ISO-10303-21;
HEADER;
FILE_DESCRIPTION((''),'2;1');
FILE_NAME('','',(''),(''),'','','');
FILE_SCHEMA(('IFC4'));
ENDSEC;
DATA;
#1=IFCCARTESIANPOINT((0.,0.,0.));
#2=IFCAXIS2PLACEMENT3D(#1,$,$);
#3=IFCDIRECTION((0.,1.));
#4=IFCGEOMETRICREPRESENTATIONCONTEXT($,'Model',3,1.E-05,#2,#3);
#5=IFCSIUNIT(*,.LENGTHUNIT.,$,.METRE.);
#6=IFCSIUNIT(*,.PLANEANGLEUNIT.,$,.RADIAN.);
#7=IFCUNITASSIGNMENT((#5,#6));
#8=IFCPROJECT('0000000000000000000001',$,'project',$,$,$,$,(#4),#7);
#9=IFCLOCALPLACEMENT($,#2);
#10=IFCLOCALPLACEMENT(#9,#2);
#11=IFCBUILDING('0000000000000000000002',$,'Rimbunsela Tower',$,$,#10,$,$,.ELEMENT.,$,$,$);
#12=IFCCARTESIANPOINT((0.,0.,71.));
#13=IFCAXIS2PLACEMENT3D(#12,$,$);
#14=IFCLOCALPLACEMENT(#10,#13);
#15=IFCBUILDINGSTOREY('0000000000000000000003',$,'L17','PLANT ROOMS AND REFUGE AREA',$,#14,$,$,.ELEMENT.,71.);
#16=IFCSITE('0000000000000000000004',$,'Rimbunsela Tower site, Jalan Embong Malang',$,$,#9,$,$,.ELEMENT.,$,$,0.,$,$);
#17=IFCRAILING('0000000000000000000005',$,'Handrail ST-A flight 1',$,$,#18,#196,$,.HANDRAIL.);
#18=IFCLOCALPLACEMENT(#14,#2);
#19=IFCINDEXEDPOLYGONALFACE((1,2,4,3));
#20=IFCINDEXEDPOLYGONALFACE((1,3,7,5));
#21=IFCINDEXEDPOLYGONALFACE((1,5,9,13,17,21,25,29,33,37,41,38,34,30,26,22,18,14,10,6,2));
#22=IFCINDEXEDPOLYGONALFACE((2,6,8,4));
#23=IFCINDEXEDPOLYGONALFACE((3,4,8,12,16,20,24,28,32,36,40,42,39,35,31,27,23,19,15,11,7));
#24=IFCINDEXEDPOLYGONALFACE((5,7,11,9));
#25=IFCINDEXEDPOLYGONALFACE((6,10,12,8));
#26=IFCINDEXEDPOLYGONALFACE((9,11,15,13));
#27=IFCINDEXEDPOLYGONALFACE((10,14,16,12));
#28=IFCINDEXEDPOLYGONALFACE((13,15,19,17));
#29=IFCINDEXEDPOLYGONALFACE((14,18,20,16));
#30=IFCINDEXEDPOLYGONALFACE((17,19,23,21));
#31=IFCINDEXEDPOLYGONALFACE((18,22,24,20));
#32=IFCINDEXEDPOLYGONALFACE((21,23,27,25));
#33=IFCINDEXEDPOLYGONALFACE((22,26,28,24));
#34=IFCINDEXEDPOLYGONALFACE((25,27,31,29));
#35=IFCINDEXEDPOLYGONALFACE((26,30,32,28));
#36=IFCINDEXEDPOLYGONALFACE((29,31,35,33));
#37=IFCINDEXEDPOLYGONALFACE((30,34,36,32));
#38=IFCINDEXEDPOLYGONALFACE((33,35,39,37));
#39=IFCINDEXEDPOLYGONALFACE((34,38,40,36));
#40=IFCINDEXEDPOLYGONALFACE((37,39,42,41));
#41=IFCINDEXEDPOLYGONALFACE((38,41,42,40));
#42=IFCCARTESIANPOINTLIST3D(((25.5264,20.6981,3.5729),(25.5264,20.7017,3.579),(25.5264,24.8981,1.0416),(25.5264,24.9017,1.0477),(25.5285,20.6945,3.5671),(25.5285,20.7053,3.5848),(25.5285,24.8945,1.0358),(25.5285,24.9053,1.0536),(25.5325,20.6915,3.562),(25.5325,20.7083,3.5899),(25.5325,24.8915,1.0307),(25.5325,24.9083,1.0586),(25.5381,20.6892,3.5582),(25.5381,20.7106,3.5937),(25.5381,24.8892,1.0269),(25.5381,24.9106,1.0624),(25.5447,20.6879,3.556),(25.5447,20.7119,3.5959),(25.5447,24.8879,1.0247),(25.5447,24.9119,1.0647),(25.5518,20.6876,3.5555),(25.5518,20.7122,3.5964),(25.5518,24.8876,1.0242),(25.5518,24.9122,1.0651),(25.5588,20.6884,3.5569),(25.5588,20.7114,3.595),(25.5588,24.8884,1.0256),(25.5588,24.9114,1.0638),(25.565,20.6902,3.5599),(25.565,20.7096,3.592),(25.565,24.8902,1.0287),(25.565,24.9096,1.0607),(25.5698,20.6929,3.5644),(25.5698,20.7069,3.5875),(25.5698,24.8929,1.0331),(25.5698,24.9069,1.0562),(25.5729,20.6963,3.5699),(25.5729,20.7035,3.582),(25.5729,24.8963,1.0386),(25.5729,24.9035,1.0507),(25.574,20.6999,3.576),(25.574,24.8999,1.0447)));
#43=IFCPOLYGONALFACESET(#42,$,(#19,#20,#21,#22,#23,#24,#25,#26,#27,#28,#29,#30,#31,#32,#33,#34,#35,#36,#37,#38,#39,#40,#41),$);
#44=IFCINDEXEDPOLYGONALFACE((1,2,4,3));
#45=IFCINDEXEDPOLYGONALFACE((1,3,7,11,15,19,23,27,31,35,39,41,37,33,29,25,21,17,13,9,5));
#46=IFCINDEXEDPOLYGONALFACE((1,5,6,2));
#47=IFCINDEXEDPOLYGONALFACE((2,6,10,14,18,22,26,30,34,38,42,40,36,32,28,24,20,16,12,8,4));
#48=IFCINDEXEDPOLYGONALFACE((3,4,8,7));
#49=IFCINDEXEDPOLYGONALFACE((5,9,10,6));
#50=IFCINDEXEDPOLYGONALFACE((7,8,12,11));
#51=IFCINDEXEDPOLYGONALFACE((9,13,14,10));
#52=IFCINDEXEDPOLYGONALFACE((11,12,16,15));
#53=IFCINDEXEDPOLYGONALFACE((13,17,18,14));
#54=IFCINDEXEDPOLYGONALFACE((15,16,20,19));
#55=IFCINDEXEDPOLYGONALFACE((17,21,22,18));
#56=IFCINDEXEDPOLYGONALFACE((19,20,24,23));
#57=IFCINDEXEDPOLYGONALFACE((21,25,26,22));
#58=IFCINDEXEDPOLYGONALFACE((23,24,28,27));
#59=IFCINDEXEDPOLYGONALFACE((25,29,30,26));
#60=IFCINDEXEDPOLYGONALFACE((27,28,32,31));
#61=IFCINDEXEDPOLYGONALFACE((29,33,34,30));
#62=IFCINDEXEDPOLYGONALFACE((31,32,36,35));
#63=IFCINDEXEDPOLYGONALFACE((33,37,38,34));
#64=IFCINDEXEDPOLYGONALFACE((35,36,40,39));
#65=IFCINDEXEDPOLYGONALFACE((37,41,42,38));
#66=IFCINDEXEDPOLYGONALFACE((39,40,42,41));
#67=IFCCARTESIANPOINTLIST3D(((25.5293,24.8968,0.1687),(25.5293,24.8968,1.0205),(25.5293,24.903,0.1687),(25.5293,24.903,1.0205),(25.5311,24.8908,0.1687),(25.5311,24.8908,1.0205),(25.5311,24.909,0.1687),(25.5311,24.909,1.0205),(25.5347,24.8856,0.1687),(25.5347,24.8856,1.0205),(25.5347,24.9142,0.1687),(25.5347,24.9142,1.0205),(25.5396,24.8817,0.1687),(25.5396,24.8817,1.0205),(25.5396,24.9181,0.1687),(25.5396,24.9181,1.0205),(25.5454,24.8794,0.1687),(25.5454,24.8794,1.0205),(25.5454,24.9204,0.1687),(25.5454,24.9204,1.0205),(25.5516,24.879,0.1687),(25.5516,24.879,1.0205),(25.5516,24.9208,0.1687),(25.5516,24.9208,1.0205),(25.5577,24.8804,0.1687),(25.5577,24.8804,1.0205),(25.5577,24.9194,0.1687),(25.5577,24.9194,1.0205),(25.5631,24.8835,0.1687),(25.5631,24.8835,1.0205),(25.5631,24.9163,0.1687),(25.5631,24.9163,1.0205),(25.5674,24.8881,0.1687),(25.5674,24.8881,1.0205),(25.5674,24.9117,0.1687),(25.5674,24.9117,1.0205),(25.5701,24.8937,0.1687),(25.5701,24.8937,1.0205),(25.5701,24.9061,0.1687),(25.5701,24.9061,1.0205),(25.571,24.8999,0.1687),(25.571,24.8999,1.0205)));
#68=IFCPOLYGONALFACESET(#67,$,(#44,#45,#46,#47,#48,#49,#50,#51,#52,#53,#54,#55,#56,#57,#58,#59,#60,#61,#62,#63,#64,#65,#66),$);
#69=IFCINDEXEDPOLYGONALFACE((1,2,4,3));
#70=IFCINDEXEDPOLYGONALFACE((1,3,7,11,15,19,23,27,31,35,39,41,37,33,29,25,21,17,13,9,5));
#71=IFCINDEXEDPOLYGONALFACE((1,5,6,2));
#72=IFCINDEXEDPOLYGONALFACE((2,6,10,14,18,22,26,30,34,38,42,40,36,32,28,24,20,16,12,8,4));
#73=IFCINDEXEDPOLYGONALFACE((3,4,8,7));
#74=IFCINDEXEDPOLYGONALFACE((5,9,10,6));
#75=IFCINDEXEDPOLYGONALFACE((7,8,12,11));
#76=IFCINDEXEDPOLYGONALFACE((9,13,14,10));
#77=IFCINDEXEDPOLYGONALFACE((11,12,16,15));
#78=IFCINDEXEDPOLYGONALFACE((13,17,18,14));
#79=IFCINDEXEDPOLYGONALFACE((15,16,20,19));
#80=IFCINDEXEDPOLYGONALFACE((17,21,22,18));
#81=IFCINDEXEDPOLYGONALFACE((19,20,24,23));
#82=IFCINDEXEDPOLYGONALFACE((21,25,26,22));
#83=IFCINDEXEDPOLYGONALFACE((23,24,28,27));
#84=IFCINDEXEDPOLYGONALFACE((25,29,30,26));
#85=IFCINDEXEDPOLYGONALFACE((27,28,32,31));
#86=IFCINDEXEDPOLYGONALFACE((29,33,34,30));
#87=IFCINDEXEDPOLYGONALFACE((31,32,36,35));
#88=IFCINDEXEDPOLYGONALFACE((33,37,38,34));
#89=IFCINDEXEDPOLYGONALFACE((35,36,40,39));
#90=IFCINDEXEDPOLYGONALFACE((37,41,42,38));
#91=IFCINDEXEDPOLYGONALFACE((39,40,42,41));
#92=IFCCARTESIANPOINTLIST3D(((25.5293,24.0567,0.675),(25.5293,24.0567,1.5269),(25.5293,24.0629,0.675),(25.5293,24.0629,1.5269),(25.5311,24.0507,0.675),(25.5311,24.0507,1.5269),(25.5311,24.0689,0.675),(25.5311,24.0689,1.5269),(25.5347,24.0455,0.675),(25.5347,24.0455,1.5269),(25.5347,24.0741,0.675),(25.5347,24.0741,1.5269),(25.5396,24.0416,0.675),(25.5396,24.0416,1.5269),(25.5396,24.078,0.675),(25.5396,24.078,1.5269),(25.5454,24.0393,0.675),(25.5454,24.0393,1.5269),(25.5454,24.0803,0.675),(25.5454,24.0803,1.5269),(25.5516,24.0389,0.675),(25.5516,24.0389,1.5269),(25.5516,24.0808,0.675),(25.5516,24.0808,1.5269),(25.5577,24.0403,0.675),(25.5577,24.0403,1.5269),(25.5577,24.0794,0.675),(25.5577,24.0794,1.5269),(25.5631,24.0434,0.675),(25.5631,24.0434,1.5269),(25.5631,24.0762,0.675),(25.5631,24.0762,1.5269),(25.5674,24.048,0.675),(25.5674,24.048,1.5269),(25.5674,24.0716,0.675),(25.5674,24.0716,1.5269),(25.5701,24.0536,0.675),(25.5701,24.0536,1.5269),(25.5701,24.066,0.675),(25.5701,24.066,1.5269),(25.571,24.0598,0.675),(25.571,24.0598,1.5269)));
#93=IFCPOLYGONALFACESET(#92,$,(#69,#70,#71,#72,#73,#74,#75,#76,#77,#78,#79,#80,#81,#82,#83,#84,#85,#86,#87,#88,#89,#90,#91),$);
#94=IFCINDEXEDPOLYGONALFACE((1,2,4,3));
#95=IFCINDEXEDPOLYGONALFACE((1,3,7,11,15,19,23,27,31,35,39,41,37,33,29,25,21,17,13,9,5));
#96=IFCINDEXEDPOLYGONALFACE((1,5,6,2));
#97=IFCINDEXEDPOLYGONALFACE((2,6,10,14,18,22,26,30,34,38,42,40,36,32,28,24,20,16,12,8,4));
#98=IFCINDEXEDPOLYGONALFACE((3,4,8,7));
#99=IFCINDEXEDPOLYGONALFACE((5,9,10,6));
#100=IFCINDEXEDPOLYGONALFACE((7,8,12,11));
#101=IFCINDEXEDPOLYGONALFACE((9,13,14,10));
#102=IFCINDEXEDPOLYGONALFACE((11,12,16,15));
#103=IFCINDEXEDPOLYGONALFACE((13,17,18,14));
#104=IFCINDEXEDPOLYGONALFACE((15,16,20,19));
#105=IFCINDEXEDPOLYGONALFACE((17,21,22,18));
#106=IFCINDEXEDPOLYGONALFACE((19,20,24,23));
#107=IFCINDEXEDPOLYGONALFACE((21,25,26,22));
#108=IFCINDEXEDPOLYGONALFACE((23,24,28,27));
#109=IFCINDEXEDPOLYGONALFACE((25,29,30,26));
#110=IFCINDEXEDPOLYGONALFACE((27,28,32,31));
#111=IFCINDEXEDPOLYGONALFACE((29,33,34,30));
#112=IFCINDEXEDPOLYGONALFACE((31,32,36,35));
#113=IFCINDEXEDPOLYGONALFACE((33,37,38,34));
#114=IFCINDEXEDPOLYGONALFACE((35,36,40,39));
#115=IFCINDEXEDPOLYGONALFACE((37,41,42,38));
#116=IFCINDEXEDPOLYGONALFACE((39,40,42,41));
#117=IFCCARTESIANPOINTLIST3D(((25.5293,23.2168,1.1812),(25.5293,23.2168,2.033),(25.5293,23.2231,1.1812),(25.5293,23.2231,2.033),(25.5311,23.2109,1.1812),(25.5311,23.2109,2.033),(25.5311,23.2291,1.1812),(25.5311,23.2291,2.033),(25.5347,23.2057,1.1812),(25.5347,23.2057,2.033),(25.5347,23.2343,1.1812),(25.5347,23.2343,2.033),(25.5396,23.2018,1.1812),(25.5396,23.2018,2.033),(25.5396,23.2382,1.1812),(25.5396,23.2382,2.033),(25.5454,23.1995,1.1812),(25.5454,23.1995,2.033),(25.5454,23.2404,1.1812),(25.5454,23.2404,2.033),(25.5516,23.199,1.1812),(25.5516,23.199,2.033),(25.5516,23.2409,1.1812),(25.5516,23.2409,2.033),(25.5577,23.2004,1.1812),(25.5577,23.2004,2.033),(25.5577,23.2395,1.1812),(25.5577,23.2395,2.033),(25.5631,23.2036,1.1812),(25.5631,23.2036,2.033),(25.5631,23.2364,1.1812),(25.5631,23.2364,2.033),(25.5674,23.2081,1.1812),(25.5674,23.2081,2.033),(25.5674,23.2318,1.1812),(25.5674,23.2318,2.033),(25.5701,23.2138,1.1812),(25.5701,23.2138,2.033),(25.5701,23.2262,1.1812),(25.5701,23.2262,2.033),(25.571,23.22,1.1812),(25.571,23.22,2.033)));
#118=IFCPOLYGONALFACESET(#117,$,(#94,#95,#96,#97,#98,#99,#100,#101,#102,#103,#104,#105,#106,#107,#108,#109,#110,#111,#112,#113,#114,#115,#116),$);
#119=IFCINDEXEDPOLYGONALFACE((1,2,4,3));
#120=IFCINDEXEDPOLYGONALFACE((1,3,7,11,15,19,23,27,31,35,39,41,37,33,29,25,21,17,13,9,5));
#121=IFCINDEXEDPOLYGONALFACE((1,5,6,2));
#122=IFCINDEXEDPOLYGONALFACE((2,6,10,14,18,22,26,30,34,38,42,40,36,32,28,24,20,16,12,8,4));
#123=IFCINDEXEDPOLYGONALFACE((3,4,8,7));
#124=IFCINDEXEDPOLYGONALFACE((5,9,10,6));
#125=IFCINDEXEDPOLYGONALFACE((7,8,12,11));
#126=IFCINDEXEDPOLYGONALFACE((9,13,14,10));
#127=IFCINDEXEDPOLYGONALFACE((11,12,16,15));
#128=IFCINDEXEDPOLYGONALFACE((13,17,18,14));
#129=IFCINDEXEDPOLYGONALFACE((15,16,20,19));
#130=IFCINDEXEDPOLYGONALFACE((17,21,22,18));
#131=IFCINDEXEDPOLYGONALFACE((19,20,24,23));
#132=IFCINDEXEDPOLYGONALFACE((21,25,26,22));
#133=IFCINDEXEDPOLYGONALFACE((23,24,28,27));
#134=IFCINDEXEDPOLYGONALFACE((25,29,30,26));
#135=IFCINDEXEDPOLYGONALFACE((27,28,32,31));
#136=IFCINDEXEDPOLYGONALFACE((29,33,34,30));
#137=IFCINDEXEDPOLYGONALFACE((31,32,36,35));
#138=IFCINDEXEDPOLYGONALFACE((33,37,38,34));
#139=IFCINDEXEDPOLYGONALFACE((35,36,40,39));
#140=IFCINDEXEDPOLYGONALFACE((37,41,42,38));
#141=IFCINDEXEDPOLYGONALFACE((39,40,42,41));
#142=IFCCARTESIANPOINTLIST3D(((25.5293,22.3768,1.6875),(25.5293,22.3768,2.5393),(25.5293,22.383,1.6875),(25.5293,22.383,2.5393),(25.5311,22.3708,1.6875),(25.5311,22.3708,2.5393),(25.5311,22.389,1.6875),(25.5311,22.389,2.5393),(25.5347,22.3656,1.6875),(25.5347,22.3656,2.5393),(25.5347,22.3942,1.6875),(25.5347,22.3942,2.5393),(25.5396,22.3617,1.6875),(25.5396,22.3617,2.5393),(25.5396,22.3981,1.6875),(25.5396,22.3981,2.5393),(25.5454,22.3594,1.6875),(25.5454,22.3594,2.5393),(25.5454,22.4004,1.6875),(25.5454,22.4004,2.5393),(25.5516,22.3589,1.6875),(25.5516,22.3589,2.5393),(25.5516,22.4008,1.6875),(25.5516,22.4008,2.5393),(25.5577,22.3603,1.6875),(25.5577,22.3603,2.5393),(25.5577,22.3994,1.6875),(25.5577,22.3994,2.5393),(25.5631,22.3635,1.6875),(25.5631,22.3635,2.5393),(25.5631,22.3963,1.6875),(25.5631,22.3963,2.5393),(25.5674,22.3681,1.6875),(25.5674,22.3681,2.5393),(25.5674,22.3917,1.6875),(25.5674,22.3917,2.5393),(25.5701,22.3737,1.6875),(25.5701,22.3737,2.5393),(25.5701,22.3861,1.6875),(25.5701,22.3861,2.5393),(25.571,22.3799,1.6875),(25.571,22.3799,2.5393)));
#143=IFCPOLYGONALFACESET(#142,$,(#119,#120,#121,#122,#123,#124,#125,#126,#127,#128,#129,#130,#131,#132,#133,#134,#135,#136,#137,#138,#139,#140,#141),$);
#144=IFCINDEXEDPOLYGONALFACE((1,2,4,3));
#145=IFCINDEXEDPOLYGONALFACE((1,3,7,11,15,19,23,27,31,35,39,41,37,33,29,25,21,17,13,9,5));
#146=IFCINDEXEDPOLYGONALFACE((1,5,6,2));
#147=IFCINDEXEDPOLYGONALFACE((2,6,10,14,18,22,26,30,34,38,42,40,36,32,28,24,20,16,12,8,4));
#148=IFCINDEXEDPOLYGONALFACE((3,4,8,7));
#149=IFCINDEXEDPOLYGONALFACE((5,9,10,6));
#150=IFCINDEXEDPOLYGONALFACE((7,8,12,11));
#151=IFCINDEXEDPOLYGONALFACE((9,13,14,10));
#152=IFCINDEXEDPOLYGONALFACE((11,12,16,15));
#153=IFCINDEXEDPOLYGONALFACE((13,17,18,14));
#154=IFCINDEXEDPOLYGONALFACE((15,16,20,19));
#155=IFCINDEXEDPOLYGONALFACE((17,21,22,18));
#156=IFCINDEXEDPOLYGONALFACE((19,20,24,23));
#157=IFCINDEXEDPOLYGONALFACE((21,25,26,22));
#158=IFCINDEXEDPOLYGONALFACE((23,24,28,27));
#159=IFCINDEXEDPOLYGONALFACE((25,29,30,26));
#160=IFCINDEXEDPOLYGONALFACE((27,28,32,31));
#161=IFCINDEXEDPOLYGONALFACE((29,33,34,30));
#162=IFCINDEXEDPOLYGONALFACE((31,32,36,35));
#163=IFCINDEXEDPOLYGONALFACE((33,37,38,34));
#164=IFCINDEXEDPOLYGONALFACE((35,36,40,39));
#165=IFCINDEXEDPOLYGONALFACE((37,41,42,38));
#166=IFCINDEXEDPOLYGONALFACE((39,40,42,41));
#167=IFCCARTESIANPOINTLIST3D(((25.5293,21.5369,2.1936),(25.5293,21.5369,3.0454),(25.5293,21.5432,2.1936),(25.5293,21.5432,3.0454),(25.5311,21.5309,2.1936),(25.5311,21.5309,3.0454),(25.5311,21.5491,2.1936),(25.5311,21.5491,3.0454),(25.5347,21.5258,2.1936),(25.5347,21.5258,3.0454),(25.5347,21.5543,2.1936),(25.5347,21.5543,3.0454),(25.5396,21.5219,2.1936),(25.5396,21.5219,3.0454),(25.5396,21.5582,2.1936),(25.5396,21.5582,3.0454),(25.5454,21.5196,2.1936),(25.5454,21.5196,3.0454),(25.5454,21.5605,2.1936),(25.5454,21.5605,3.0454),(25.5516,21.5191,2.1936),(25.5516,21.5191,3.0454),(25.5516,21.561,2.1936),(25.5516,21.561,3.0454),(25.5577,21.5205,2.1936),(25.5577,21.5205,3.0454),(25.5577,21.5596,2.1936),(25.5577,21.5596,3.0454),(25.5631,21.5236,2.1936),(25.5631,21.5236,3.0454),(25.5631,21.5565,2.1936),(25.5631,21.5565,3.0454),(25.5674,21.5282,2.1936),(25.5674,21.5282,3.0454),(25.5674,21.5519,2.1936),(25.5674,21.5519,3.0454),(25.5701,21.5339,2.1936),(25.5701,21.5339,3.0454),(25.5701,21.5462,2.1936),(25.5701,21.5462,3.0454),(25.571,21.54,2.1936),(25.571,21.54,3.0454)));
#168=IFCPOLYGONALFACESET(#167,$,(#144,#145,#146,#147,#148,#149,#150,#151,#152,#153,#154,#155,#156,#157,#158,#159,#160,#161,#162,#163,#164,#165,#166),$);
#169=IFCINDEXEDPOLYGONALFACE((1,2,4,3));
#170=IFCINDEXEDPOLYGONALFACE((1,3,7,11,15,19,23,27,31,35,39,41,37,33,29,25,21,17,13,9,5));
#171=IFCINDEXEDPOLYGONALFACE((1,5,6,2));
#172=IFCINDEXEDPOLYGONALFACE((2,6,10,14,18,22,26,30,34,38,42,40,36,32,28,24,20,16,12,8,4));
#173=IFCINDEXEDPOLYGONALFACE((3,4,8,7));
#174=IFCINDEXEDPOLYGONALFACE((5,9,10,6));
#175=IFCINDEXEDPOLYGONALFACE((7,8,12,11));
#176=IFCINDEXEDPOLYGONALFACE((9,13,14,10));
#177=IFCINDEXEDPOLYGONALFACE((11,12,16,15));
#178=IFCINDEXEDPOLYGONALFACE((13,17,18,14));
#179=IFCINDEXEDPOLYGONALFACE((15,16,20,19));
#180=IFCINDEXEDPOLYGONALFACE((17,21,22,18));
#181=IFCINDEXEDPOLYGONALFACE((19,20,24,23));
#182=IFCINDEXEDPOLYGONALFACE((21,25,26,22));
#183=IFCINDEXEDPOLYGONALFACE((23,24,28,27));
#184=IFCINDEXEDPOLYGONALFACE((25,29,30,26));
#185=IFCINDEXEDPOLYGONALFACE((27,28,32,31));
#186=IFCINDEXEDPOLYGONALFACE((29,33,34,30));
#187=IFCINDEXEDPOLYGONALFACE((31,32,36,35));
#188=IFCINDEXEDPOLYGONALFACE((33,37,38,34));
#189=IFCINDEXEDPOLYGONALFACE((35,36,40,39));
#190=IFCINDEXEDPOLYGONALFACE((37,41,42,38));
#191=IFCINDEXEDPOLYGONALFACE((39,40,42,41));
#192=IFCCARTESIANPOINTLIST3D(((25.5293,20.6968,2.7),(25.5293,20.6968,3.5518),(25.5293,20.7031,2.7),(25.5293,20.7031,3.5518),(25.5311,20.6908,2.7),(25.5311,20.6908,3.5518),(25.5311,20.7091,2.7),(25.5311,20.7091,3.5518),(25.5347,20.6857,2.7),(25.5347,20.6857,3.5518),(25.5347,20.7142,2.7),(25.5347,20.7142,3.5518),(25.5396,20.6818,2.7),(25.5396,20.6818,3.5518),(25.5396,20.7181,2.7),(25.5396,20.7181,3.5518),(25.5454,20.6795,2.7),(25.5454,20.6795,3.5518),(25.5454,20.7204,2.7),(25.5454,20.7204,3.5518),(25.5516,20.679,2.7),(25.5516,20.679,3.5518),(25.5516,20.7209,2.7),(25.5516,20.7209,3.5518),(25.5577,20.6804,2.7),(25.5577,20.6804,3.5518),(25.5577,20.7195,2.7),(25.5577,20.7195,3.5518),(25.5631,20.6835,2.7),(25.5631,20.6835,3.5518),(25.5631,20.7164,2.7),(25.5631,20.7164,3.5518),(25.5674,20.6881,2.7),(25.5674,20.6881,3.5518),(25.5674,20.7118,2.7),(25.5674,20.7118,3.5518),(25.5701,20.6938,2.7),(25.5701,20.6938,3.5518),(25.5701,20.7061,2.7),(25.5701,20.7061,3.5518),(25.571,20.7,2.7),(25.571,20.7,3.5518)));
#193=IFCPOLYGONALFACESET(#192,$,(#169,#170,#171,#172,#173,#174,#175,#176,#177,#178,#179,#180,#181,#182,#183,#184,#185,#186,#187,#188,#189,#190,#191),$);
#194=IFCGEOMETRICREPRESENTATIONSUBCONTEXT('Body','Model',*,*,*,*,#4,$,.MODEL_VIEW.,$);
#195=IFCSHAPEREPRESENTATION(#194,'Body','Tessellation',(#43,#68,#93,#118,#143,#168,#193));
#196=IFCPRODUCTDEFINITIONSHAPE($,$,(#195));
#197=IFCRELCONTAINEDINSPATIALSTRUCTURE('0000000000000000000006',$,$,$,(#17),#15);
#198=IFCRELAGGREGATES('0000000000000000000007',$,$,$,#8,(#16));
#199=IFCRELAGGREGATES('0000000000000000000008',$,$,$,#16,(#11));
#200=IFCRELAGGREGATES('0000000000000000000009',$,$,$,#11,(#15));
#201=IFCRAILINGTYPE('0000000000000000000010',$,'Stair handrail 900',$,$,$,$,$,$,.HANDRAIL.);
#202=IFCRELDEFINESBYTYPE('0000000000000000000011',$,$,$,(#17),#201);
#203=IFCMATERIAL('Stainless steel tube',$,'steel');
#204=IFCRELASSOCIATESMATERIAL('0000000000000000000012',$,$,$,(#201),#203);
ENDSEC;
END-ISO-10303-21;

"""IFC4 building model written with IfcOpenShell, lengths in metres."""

from ifc_helpers import new_model, si_unit, direction, frame, origin, origin_2d, place, context, subcontext, project, spatial, circle, extrude, material, type_object, element, save


model = new_model("IFC4")

# Units and contexts
model_context = context("Model", 3, precision=1e-05, world=origin(), true_north=direction((0.0, 1.0)))
body_context = subcontext(model_context, "Body", "Model", "MODEL_VIEW")
ifc_project = project(units=[si_unit("LENGTHUNIT", "METRE"), si_unit("PLANEANGLEUNIT", "RADIAN")], contexts=[model_context])

# Site, building, storey
site_placement = place(None, origin())
site = spatial("IfcSite", under=ifc_project, at=site_placement, Name="Rimbunsela Tower site, Jalan Embong Malang", CompositionType="ELEMENT", RefElevation=0.0)
building_placement = place(site_placement, origin())
building = spatial("IfcBuilding", under=site, at=building_placement, Name="Rimbunsela Tower", CompositionType="ELEMENT")
storey_placement = place(building_placement, frame((0.0, 0.0, 71.0)))
storey = spatial("IfcBuildingStorey", under=building, at=storey_placement, Name="L17", Description="PLANT ROOMS AND REFUGE AREA", CompositionType="ELEMENT", Elevation=71.0)

# Railing
ifc_material_1 = material(Name="Stainless steel tube", Category="steel")
railing_type = type_object("IfcRailingType", Name="Stair handrail 900", PredefinedType="HANDRAIL", material=ifc_material_1)
railing_1_placement = place(storey_placement, frame((25.55, 24.8999, 0.1687)))
element("IfcRailing", 1, at=railing_1_placement, inside=storey, type_object=railing_type, Name="Handrail ST-A flight 1", PredefinedType="HANDRAIL", context=body_context, shape_type="SweptSolid", body=[
    extrude(circle(Radius=0.0239, at=origin_2d()), frame((0.0, 0.0, 0.876), z_axis=(0.0, -0.856476, 0.516186), x_axis=(1.0, 0.0, 0.0)), (0.0, 0.0, 1.0), 4.9038),
    extrude(circle(Radius=0.021, at=origin_2d()), origin(), (0.0, 0.0, 1.0), 0.8518),
    extrude(circle(Radius=0.021, at=origin_2d()), frame((0.0, -0.8401, 0.5063)), (0.0, 0.0, 1.0), 0.8518),
    extrude(circle(Radius=0.021, at=origin_2d()), frame((0.0, -1.6799, 1.0125)), (0.0, 0.0, 1.0), 0.8518),
    extrude(circle(Radius=0.021, at=origin_2d()), frame((0.0, -2.52, 1.5188)), (0.0, 0.0, 1.0), 0.8518),
    extrude(circle(Radius=0.021, at=origin_2d()), frame((0.0, -3.3599, 2.0249)), (0.0, 0.0, 1.0), 0.8518),
    extrude(circle(Radius=0.021, at=origin_2d()), frame((0.0, -4.2, 2.5312)), (0.0, 0.0, 1.0), 0.8518),
])

save(model, "model.ifc")
